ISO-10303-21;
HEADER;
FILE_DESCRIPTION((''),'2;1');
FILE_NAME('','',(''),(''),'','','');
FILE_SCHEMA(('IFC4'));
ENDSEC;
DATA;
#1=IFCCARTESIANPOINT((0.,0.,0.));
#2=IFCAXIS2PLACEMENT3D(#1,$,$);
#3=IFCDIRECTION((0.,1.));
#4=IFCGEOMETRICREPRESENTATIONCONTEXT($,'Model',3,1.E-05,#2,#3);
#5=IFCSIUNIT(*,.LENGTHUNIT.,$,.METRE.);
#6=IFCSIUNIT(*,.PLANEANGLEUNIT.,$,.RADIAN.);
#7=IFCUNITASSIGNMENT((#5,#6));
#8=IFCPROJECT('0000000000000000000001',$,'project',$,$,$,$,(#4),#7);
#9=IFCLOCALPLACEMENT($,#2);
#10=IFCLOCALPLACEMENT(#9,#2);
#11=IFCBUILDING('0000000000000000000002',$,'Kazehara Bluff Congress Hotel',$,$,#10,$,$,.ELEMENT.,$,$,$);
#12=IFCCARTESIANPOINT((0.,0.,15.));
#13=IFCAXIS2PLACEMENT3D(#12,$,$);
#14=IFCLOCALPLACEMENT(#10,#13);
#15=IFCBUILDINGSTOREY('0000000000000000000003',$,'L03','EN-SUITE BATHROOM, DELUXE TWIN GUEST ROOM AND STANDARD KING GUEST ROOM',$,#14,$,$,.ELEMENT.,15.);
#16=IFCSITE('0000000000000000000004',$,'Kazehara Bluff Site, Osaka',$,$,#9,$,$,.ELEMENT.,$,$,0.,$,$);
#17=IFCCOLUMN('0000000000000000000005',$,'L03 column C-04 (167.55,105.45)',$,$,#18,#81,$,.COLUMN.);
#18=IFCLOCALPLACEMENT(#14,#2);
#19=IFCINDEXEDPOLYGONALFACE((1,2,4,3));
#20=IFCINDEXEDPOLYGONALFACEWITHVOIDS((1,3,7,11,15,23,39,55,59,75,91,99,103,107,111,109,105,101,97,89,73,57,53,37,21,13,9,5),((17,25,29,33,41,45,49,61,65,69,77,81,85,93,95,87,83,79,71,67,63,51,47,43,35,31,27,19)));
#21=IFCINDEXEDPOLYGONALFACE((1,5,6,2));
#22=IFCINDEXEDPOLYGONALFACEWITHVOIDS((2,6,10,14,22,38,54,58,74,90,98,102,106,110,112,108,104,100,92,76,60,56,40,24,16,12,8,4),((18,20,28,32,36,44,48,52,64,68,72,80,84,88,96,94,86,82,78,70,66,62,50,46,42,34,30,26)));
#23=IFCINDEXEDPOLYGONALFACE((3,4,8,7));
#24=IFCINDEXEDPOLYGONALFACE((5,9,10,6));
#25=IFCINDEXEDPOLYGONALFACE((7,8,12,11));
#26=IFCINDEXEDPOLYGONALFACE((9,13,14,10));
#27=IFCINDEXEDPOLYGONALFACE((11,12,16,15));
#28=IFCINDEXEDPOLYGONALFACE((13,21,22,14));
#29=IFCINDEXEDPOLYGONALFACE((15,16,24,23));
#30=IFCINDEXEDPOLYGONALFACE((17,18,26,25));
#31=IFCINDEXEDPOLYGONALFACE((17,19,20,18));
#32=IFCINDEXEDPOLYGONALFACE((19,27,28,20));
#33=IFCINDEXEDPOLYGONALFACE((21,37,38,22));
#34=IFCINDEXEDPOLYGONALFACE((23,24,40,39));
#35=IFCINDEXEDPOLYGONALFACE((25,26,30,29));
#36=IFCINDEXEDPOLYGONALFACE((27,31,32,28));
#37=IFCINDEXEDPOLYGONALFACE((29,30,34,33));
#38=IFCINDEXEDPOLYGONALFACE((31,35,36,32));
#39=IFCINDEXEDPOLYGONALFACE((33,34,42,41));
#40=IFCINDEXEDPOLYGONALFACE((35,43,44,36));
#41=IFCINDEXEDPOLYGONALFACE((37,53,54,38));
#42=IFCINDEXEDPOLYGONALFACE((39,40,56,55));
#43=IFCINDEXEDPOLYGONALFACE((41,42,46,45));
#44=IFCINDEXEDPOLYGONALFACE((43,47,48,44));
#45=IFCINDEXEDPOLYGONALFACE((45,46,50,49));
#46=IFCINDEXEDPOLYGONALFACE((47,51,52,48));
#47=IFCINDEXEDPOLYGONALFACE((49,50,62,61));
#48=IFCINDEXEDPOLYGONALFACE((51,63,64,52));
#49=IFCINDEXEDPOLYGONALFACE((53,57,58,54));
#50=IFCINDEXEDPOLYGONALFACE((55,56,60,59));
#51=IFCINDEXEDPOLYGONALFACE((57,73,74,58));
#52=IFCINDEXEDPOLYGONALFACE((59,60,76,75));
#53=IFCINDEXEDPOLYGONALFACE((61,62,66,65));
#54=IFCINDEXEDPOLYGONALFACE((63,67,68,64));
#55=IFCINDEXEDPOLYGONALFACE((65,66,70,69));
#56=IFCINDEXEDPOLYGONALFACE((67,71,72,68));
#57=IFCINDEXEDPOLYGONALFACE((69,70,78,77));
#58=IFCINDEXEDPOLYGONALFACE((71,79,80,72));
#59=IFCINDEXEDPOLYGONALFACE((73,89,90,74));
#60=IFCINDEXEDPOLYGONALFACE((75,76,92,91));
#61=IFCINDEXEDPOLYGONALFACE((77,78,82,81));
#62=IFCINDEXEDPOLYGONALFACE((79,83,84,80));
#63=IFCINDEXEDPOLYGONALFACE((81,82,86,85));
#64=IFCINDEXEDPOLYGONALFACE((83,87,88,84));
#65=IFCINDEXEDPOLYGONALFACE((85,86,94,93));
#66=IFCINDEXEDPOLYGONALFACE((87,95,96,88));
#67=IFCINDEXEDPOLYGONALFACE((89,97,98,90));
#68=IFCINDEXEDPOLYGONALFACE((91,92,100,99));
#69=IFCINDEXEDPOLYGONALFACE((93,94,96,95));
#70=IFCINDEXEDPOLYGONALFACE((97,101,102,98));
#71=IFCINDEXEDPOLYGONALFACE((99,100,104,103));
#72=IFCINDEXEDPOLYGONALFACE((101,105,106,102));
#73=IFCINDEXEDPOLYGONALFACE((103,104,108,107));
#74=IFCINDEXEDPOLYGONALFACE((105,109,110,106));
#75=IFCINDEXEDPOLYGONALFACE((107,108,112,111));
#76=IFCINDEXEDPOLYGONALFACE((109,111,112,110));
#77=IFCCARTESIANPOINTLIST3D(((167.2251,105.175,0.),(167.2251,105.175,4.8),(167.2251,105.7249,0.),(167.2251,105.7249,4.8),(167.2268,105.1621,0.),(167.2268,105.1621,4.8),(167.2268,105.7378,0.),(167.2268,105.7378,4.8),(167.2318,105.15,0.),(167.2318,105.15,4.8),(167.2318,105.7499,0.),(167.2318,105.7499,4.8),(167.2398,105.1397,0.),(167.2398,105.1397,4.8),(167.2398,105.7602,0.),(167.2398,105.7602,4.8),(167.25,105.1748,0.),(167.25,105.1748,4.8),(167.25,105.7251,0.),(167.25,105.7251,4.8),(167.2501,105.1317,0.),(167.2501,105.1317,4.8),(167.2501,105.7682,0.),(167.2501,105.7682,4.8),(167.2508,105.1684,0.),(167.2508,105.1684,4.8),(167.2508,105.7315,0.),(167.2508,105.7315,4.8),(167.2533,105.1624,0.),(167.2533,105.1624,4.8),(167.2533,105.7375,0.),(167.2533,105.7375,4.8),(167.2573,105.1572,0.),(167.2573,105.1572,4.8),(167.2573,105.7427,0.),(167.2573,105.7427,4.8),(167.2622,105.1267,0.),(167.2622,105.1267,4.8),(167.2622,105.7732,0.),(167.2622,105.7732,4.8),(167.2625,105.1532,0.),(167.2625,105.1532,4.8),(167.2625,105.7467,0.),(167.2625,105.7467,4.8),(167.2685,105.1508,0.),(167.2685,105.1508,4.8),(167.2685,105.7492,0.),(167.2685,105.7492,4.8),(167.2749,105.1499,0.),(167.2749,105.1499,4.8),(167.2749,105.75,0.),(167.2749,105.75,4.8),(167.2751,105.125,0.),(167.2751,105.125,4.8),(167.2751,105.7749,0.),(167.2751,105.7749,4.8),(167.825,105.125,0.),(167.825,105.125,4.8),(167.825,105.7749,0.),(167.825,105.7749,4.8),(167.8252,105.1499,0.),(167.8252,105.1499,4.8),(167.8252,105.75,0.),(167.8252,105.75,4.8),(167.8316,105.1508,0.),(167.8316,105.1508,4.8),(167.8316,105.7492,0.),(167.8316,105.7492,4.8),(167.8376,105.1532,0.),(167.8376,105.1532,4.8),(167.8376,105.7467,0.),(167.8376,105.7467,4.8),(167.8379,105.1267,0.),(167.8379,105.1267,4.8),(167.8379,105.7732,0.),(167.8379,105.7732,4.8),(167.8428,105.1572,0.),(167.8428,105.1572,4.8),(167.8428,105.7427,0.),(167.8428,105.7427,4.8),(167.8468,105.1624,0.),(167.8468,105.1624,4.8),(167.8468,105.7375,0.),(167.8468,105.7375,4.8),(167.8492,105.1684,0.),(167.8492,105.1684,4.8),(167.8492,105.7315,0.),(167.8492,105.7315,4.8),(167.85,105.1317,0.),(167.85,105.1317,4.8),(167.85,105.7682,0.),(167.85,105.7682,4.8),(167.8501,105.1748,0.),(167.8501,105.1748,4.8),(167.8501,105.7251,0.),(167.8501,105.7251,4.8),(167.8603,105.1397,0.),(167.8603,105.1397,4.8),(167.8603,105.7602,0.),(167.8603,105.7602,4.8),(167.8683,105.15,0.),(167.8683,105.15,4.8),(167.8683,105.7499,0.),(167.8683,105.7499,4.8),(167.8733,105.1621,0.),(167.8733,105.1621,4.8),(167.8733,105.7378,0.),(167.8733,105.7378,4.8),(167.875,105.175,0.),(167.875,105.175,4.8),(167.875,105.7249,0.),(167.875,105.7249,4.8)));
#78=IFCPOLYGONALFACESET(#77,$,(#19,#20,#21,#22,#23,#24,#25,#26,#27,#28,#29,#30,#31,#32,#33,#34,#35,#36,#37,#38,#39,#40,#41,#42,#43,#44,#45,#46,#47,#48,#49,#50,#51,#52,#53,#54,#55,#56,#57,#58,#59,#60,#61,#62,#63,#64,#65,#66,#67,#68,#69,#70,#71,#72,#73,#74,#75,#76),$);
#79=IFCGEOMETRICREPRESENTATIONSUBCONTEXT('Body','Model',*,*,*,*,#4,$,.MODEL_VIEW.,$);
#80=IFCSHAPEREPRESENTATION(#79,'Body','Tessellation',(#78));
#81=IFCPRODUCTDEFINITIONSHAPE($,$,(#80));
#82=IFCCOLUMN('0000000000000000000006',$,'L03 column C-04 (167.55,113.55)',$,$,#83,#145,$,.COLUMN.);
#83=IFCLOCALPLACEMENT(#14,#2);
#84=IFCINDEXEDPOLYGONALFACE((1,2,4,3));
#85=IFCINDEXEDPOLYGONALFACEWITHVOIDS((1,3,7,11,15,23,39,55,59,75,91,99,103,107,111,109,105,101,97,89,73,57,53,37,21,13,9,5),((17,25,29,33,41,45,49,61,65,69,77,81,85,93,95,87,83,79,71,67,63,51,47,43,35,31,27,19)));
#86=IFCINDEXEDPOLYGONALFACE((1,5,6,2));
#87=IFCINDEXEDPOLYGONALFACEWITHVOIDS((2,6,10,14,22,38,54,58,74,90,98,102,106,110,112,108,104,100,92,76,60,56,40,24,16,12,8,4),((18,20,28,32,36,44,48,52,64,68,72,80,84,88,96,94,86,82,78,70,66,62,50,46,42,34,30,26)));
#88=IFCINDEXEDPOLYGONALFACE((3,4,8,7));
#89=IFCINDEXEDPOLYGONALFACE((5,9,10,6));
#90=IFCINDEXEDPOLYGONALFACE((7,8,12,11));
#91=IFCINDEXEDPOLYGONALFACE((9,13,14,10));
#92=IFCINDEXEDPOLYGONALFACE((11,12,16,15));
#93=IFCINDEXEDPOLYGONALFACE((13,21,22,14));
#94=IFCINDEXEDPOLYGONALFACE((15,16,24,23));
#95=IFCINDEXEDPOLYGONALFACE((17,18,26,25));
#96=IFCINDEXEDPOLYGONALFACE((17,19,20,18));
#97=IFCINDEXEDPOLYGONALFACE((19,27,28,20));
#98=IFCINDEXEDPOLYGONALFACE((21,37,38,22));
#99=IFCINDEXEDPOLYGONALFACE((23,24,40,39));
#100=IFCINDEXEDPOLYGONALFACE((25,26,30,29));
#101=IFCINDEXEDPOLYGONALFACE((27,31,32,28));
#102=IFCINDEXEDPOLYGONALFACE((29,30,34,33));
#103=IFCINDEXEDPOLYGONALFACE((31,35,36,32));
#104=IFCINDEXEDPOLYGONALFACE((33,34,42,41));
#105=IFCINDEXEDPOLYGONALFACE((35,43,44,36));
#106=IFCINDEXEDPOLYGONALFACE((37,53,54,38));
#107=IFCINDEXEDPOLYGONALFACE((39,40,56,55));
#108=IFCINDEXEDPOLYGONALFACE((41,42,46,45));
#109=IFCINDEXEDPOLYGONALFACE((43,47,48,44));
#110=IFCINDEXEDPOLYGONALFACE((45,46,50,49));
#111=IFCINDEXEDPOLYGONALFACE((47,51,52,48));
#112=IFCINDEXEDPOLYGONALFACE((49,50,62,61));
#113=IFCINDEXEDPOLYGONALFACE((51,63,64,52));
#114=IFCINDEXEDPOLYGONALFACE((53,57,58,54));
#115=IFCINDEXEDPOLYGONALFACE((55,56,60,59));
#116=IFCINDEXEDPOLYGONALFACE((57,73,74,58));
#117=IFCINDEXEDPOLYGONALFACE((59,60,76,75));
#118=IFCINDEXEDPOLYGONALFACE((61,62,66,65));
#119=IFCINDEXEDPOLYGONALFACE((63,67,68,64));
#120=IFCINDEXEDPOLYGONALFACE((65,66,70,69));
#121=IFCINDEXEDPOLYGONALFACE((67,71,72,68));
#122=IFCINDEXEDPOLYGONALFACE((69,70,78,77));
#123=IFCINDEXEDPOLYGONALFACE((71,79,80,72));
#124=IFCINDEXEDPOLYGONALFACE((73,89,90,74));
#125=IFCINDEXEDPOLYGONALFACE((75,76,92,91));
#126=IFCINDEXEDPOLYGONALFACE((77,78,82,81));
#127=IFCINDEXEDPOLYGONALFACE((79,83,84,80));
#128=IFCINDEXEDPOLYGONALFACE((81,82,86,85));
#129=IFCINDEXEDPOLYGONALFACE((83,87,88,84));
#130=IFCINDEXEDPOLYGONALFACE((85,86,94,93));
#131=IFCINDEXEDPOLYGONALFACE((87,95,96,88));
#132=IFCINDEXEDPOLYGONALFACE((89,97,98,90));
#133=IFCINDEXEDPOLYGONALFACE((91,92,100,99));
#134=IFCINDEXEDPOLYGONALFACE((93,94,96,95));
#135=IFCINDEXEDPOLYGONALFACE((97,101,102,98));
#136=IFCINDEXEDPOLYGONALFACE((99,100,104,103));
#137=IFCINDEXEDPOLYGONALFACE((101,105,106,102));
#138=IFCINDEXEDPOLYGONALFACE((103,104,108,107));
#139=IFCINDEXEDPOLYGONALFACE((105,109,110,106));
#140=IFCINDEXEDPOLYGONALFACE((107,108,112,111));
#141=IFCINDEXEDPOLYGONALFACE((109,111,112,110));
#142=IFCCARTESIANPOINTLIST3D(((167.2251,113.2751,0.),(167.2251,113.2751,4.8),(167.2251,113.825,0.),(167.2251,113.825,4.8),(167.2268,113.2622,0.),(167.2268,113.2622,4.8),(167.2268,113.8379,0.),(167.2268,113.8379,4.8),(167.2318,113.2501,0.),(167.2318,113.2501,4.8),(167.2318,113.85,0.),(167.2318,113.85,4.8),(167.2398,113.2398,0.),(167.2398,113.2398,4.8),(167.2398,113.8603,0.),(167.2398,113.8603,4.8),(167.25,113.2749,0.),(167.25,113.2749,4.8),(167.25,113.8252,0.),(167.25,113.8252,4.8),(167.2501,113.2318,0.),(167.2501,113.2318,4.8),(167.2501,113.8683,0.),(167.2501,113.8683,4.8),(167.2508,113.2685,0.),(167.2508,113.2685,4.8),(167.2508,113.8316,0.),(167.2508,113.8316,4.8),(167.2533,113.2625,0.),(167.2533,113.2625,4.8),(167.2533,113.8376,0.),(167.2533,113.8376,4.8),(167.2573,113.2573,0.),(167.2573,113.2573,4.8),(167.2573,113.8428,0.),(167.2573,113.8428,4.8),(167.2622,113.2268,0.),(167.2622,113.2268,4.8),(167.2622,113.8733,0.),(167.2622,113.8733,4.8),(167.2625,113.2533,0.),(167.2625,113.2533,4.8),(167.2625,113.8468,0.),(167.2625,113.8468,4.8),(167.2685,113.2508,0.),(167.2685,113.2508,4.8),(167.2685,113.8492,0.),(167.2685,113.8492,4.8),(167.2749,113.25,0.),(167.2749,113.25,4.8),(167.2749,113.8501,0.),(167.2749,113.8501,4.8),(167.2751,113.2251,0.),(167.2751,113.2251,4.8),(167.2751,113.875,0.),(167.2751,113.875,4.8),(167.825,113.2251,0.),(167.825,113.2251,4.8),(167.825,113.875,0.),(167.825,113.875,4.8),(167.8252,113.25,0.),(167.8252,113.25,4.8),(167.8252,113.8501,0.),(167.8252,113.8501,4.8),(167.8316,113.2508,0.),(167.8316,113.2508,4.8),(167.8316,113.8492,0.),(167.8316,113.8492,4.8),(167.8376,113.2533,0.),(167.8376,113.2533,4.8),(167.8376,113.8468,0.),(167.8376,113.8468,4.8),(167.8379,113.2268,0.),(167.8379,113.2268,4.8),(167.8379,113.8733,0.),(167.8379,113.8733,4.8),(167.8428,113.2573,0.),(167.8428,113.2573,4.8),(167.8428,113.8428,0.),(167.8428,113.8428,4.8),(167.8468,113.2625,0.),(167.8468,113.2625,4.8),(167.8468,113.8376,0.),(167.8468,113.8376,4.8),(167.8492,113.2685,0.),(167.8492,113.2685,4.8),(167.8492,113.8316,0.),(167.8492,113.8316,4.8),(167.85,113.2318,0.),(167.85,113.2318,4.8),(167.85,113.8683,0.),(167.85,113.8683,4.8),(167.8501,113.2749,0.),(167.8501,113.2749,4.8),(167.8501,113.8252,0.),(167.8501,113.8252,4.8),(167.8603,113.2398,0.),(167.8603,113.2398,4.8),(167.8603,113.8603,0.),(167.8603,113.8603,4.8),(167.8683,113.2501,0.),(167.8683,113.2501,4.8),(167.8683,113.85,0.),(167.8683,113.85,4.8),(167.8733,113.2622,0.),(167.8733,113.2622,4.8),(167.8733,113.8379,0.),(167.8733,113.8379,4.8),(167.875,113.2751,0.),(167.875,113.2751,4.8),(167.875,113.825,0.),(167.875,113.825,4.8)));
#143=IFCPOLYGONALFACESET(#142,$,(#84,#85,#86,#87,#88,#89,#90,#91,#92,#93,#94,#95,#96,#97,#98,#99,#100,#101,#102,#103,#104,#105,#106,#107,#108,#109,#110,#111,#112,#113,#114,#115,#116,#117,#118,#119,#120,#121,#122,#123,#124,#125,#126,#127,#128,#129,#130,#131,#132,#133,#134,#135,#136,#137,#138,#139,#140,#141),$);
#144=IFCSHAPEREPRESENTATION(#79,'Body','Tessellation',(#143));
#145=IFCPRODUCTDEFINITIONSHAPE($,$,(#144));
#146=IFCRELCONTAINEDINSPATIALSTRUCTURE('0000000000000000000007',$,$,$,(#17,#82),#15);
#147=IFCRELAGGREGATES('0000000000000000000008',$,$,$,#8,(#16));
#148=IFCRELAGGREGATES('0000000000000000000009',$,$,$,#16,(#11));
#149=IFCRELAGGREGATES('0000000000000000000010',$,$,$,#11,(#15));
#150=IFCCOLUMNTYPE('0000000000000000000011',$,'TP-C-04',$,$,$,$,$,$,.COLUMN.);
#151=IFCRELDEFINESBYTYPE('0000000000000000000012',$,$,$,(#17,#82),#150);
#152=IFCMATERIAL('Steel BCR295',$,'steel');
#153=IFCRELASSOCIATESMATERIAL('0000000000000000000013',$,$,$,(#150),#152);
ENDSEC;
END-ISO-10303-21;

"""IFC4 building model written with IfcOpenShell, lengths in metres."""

from ifc_helpers import new_model, si_unit, direction, frame, origin, origin_2d, place, context, subcontext, project, spatial, hollow_rectangle, extrude, material, material_profile, profile_set, type_object, element, save


model = new_model("IFC4")

# Units and contexts
model_context = context("Model", 3, precision=1e-05, world=origin(), true_north=direction((0.0, 1.0)))
body_context = subcontext(model_context, "Body", "Model", "MODEL_VIEW")
ifc_project = project(units=[si_unit("LENGTHUNIT", "METRE"), si_unit("PLANEANGLEUNIT", "RADIAN")], contexts=[model_context])

# Site, building, storey
site_placement = place(None, origin())
site = spatial("IfcSite", under=ifc_project, at=site_placement, Name="Kazehara Bluff Site, Osaka", CompositionType="ELEMENT", RefElevation=0.0)
building_placement = place(site_placement, origin())
building = spatial("IfcBuilding", under=site, at=building_placement, Name="Kazehara Bluff Congress Hotel", CompositionType="ELEMENT")
storey_placement = place(building_placement, frame((0.0, 0.0, 15.0)))
storey = spatial("IfcBuildingStorey", under=building, at=storey_placement, Name="L03", Description="EN-SUITE BATHROOM, DELUXE TWIN GUEST ROOM AND STANDARD KING GUEST ROOM", CompositionType="ELEMENT", Elevation=15.0)

# Columns
ifc_material_1 = material(Name="Steel BCR295", Category="steel")
ifc_material_profile_1 = material_profile(ifc_material_1, hollow_rectangle(XDim=0.6499, YDim=0.6499, WallThickness=0.0249, InnerFilletRadius=0.0249, OuterFilletRadius=0.05, at=origin_2d()))
ifc_profile_set_1 = profile_set([ifc_material_profile_1], Name="Steel BCR295")
column_type = type_object("IfcColumnType", Name="TP-C-04", PredefinedType="COLUMN", material=ifc_profile_set_1)
for number, where, z_axis, x_axis, name in (
    (1, (167.55, 105.45, 0.0), (0.0, 0.0, 1.0), (1.0, 0.0, 0.0), "L03 column C-04 (167.55,105.45)"),
    (2, (167.55, 113.55, 0.0), (0.0, 0.0, 1.0), (1.0, 0.0, 0.0), "L03 column C-04 (167.55,113.55)"),
):
    element("IfcColumn", number, at=place(storey_placement, frame(where, z_axis=z_axis, x_axis=x_axis)), inside=storey, type_object=column_type, Name=name, PredefinedType="COLUMN", context=body_context, shape_type="SweptSolid", body=[
        extrude(hollow_rectangle(XDim=0.6499, YDim=0.6499, WallThickness=0.0249, InnerFilletRadius=0.0249, OuterFilletRadius=0.05, at=origin_2d()), origin(), (0.0, 0.0, 1.0), 4.8),
    ])

save(model, "model.ifc")
